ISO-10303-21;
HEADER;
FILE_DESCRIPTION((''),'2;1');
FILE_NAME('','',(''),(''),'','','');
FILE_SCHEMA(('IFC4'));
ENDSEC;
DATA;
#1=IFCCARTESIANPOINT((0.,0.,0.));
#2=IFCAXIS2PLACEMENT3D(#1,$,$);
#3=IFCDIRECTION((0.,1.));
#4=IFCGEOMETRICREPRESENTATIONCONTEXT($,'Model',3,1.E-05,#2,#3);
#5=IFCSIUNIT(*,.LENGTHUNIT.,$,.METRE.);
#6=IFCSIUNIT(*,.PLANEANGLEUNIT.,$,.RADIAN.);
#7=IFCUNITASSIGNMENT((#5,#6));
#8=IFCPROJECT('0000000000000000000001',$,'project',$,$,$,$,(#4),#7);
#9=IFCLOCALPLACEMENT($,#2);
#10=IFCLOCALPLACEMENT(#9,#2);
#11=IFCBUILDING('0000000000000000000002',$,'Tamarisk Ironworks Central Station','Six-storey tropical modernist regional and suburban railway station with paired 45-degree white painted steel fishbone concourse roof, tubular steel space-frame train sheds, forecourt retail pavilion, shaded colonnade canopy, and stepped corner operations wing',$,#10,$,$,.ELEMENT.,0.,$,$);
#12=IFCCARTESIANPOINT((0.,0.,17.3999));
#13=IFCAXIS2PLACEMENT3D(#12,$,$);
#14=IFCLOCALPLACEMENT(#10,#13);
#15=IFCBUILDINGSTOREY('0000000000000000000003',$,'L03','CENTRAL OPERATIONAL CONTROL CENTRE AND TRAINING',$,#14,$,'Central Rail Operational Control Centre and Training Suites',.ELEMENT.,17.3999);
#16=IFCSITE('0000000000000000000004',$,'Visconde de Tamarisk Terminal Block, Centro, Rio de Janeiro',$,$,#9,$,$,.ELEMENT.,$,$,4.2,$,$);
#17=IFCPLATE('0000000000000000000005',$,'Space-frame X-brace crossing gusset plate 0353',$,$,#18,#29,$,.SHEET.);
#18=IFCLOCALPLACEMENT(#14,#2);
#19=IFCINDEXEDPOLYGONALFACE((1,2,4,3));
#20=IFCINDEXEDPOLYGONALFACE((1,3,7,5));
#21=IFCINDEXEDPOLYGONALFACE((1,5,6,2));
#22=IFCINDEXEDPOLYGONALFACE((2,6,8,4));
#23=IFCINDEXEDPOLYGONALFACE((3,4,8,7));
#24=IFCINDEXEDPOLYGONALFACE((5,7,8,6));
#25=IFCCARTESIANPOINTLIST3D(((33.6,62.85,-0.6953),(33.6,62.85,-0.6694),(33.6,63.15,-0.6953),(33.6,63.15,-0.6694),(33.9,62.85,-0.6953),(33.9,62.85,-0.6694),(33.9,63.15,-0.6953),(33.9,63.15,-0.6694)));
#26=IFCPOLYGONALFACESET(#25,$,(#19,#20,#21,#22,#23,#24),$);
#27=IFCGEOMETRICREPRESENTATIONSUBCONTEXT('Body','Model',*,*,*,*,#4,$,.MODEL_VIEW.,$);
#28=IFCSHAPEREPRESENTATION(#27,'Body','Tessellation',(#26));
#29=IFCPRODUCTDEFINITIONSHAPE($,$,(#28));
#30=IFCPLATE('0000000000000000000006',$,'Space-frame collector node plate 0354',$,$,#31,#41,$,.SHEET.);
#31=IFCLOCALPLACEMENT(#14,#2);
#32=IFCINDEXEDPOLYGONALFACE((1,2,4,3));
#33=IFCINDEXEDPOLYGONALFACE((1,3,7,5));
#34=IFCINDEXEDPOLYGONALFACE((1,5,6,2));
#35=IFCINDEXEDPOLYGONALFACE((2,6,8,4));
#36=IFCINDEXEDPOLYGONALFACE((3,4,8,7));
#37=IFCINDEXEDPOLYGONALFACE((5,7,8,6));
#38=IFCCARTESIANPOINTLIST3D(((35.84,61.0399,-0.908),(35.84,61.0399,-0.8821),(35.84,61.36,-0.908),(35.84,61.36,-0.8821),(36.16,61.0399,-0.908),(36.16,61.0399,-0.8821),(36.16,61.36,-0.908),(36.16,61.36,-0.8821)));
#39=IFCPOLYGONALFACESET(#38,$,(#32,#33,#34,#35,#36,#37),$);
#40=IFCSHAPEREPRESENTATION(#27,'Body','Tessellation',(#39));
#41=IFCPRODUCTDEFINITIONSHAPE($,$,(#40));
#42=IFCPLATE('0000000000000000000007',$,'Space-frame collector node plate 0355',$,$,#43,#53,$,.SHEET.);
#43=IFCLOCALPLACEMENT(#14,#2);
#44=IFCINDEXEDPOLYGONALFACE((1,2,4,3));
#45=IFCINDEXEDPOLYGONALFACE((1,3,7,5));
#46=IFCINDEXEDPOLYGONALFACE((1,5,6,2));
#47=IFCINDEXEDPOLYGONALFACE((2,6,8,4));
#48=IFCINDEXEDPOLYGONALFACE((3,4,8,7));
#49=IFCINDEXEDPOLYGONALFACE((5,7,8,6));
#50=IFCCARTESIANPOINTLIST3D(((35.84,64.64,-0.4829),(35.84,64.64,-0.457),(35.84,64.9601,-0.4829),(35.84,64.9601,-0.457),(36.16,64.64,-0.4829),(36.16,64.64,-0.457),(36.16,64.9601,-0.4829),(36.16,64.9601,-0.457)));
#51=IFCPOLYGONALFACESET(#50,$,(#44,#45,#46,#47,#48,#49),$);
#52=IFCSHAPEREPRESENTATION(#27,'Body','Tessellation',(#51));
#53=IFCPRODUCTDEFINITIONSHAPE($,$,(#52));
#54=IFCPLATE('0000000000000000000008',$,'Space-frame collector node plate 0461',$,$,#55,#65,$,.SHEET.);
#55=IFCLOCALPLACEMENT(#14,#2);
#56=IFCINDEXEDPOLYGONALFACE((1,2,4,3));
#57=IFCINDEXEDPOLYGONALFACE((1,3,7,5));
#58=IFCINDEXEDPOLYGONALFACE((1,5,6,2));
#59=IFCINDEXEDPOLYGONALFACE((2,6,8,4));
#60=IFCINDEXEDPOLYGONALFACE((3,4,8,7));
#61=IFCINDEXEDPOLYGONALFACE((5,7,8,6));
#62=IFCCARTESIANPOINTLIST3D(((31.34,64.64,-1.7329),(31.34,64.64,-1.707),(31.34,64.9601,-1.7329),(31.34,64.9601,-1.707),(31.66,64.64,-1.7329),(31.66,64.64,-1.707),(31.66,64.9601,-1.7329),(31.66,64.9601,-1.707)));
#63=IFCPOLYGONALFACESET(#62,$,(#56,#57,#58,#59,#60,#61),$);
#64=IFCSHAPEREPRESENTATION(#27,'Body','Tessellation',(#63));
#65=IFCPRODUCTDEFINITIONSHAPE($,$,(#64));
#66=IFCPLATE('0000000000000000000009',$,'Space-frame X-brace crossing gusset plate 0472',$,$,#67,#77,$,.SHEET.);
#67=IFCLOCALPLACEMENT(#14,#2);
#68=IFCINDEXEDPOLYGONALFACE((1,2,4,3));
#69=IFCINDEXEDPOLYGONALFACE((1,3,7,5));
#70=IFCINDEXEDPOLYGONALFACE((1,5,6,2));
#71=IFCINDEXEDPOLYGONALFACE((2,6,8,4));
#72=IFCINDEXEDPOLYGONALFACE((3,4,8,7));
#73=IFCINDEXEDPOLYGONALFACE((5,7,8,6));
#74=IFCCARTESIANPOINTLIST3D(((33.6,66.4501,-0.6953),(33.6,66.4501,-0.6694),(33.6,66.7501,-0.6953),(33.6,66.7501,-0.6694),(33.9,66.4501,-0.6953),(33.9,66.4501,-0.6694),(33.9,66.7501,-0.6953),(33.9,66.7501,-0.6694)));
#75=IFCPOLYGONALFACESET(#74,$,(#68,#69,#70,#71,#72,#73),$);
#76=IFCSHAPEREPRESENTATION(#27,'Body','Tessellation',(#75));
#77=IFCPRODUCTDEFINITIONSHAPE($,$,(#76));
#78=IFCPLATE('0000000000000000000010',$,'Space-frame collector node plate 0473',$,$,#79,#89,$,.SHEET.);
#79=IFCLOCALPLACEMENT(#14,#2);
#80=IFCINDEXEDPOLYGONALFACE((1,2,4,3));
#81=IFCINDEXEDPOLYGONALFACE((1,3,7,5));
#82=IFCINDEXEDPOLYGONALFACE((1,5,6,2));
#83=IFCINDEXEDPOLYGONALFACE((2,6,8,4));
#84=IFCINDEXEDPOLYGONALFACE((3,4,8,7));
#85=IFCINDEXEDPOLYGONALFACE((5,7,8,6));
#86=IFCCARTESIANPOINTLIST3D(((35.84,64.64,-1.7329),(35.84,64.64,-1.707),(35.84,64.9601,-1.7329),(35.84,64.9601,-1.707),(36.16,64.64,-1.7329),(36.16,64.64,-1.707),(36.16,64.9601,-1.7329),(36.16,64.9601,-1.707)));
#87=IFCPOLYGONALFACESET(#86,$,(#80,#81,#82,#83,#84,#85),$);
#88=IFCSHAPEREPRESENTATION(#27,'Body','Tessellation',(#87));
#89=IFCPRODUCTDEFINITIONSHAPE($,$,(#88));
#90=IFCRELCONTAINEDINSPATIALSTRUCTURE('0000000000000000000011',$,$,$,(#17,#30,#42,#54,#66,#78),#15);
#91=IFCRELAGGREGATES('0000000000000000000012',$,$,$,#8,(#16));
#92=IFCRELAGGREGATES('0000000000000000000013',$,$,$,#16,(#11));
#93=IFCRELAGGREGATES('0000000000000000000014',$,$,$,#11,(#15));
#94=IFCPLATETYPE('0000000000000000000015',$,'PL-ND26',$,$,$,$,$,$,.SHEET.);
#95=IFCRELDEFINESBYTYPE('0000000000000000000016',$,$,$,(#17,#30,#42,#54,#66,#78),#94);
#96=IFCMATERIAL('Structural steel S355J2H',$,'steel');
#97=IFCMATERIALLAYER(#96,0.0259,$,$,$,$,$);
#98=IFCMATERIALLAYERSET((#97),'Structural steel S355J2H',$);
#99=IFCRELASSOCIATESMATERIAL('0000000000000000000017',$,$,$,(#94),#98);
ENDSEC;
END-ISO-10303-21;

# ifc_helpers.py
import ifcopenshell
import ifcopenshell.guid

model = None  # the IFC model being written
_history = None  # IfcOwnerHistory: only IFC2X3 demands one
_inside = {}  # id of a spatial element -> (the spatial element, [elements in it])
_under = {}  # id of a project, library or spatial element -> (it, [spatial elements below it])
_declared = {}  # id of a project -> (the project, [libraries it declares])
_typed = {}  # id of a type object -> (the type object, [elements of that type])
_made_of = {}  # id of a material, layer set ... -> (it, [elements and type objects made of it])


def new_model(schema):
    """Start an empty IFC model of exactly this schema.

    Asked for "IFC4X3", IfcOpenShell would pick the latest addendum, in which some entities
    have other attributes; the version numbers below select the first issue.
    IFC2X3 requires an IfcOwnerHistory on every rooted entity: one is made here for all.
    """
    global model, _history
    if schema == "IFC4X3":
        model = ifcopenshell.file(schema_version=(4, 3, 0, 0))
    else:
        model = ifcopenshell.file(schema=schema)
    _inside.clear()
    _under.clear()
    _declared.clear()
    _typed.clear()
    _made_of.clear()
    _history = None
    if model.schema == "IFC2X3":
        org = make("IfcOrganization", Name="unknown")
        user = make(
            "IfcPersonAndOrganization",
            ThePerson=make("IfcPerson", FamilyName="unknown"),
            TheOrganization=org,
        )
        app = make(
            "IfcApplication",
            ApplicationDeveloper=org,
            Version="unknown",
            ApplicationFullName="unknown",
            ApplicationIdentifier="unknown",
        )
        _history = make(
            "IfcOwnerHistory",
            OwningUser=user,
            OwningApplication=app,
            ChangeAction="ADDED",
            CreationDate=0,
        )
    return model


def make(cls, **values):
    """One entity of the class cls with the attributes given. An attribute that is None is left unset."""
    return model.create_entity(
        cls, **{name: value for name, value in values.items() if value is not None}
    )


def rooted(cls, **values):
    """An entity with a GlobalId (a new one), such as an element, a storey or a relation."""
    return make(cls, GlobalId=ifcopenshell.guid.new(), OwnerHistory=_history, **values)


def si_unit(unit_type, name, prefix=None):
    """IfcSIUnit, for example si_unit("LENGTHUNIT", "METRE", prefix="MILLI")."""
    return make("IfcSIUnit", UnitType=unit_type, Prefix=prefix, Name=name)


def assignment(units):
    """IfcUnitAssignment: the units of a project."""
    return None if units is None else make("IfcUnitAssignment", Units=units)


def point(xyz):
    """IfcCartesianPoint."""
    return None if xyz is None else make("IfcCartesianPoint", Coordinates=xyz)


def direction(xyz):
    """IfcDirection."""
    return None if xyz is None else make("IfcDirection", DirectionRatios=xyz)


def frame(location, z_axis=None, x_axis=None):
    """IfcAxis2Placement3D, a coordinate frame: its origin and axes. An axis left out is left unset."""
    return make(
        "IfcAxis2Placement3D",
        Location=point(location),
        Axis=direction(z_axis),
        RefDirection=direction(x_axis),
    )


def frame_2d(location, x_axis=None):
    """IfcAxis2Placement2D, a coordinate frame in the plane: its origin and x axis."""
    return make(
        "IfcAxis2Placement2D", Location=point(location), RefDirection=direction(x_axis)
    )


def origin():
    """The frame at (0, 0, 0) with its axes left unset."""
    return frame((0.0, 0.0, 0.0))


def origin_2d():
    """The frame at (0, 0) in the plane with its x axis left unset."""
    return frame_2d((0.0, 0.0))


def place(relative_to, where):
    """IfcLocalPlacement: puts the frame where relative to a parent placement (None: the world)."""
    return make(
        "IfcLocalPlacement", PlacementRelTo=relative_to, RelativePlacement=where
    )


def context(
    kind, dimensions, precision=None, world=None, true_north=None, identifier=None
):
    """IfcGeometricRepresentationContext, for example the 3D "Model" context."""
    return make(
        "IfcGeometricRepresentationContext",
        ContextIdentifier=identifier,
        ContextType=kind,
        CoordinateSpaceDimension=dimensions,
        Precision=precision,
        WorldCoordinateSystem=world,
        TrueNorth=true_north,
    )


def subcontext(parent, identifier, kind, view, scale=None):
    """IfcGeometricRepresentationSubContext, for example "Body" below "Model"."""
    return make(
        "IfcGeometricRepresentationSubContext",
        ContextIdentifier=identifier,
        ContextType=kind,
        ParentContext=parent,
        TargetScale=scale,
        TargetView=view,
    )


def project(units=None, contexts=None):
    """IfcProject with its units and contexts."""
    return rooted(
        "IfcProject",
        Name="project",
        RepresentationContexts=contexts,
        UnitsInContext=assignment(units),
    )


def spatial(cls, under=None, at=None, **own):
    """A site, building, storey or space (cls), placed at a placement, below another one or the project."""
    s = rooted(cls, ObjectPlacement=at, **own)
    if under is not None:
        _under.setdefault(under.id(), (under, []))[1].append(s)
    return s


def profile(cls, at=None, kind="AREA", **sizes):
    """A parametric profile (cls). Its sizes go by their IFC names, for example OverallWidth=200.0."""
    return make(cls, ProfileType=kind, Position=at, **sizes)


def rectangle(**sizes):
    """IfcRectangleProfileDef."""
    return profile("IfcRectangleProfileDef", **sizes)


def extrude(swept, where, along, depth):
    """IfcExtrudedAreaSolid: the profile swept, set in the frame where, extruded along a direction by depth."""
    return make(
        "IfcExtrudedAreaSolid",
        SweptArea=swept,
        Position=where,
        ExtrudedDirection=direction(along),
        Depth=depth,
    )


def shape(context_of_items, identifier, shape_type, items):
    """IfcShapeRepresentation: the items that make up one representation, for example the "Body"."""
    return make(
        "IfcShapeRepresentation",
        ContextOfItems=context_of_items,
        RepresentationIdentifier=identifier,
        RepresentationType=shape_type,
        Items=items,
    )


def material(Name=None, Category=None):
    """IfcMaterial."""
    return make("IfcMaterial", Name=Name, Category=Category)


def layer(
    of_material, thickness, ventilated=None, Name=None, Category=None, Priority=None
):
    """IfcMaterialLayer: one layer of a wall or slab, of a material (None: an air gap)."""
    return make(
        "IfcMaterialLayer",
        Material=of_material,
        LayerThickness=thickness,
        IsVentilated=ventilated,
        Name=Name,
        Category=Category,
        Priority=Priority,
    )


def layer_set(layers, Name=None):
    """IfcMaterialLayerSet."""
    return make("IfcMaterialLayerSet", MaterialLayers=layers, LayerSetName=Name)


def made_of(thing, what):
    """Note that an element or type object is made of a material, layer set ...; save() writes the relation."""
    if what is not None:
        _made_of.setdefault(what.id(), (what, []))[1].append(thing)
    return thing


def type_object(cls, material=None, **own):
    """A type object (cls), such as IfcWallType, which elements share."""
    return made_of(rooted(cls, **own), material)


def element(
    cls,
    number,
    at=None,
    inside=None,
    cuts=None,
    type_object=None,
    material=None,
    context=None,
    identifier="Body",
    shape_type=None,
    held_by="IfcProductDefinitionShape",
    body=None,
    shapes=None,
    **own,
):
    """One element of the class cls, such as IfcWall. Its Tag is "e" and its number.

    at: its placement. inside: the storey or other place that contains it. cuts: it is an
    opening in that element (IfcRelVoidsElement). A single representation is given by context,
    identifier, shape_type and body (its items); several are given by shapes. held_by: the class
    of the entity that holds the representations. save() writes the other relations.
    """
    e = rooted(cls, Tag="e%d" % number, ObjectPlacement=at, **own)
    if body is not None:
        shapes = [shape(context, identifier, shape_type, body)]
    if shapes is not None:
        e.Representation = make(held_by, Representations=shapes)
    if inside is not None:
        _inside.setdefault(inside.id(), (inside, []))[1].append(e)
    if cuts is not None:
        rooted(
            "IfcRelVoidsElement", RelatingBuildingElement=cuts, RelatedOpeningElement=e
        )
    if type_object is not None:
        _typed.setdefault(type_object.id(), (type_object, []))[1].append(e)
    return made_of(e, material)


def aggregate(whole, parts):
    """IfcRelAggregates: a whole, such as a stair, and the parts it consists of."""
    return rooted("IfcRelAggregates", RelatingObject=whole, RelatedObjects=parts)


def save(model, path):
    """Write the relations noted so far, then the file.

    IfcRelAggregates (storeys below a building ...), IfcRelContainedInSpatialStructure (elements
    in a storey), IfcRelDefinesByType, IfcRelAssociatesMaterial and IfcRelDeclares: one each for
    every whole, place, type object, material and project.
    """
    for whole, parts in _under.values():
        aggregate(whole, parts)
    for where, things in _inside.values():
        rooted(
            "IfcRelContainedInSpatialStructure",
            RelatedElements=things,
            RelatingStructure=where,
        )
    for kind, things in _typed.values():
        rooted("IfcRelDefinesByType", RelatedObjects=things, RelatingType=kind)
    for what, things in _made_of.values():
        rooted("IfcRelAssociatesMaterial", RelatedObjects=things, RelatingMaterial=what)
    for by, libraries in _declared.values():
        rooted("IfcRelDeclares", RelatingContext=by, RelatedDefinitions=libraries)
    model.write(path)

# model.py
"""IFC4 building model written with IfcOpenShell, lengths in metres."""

from ifc_helpers import new_model, si_unit, direction, frame, origin, origin_2d, place, context, subcontext, project, spatial, rectangle, extrude, material, layer, layer_set, type_object, element, save


model = new_model("IFC4")

# Units and contexts
model_context = context("Model", 3, precision=1e-05, world=origin(), true_north=direction((0.0, 1.0)))
body_context = subcontext(model_context, "Body", "Model", "MODEL_VIEW")
ifc_project = project(units=[si_unit("LENGTHUNIT", "METRE"), si_unit("PLANEANGLEUNIT", "RADIAN")], contexts=[model_context])

# Site, building, storey
site_placement = place(None, origin())
site = spatial("IfcSite", under=ifc_project, at=site_placement, Name="Visconde de Tamarisk Terminal Block, Centro, Rio de Janeiro", CompositionType="ELEMENT", RefElevation=4.2)
building_placement = place(site_placement, origin())
building = spatial("IfcBuilding", under=site, at=building_placement, Name="Tamarisk Ironworks Central Station", Description="Six-storey tropical modernist regional and suburban railway station with paired 45-degree white painted steel fishbone concourse roof, tubular steel space-frame train sheds, forecourt retail pavilion, shaded colonnade canopy, and stepped corner operations wing", CompositionType="ELEMENT", ElevationOfRefHeight=0.0)
storey_placement = place(building_placement, frame((0.0, 0.0, 17.3999)))
storey = spatial("IfcBuildingStorey", under=building, at=storey_placement, Name="L03", Description="CENTRAL OPERATIONAL CONTROL CENTRE AND TRAINING", LongName="Central Rail Operational Control Centre and Training Suites", CompositionType="ELEMENT", Elevation=17.3999)

# Shared definitions
ifc_material_1 = material(Name="Structural steel S355J2H", Category="steel")

# Plates
ifc_layer = layer(ifc_material_1, 0.0259)
ifc_layer_set = layer_set([ifc_layer], Name="Structural steel S355J2H")
plate_type = type_object("IfcPlateType", Name="PL-ND26", PredefinedType="SHEET", material=ifc_layer_set)
plate_1_placement = place(storey_placement, frame((33.75, 63.0, -0.6953), z_axis=(0.0, 0.0, 1.0), x_axis=(1.0, 0.0, 0.0)))
element("IfcPlate", 1, at=plate_1_placement, inside=storey, type_object=plate_type, Name="Space-frame X-brace crossing gusset plate 0353", PredefinedType="SHEET", context=body_context, shape_type="SweptSolid", body=[
    extrude(rectangle(XDim=0.3, YDim=0.3, at=origin_2d()), origin(), (0.0, 0.0, 1.0), 0.0259),
])
for number, where, z_axis, x_axis, name in (
    (2, (36.0, 61.2, -0.908), (0.0, 0.0, 1.0), (1.0, 0.0, 0.0), "Space-frame collector node plate 0354"),
    (3, (36.0, 64.8, -0.4829), (0.0, 0.0, 1.0), (1.0, 0.0, 0.0), "Space-frame collector node plate 0355"),
    (4, (31.5, 64.8, -1.7329), (0.0, 0.0, 1.0), (1.0, 0.0, 0.0), "Space-frame collector node plate 0461"),
):
    element("IfcPlate", number, at=place(storey_placement, frame(where, z_axis=z_axis, x_axis=x_axis)), inside=storey, type_object=plate_type, Name=name, PredefinedType="SHEET", context=body_context, shape_type="SweptSolid", body=[
        extrude(rectangle(XDim=0.3201, YDim=0.3201, at=origin_2d()), origin(), (0.0, 0.0, 1.0), 0.0259),
    ])
plate_2_placement = place(storey_placement, frame((33.75, 66.6001, -0.6953), z_axis=(0.0, 0.0, 1.0), x_axis=(1.0, 0.0, 0.0)))
element("IfcPlate", 5, at=plate_2_placement, inside=storey, type_object=plate_type, Name="Space-frame X-brace crossing gusset plate 0472", PredefinedType="SHEET", context=body_context, shape_type="SweptSolid", body=[
    extrude(rectangle(XDim=0.3, YDim=0.3, at=origin_2d()), origin(), (0.0, 0.0, 1.0), 0.0259),
])
plate_3_placement = place(storey_placement, frame((36.0, 64.8, -1.7329), z_axis=(0.0, 0.0, 1.0), x_axis=(1.0, 0.0, 0.0)))
element("IfcPlate", 6, at=plate_3_placement, inside=storey, type_object=plate_type, Name="Space-frame collector node plate 0473", PredefinedType="SHEET", context=body_context, shape_type="SweptSolid", body=[
    extrude(rectangle(XDim=0.3201, YDim=0.3201, at=origin_2d()), origin(), (0.0, 0.0, 1.0), 0.0259),
])

save(model, "model.ifc")
